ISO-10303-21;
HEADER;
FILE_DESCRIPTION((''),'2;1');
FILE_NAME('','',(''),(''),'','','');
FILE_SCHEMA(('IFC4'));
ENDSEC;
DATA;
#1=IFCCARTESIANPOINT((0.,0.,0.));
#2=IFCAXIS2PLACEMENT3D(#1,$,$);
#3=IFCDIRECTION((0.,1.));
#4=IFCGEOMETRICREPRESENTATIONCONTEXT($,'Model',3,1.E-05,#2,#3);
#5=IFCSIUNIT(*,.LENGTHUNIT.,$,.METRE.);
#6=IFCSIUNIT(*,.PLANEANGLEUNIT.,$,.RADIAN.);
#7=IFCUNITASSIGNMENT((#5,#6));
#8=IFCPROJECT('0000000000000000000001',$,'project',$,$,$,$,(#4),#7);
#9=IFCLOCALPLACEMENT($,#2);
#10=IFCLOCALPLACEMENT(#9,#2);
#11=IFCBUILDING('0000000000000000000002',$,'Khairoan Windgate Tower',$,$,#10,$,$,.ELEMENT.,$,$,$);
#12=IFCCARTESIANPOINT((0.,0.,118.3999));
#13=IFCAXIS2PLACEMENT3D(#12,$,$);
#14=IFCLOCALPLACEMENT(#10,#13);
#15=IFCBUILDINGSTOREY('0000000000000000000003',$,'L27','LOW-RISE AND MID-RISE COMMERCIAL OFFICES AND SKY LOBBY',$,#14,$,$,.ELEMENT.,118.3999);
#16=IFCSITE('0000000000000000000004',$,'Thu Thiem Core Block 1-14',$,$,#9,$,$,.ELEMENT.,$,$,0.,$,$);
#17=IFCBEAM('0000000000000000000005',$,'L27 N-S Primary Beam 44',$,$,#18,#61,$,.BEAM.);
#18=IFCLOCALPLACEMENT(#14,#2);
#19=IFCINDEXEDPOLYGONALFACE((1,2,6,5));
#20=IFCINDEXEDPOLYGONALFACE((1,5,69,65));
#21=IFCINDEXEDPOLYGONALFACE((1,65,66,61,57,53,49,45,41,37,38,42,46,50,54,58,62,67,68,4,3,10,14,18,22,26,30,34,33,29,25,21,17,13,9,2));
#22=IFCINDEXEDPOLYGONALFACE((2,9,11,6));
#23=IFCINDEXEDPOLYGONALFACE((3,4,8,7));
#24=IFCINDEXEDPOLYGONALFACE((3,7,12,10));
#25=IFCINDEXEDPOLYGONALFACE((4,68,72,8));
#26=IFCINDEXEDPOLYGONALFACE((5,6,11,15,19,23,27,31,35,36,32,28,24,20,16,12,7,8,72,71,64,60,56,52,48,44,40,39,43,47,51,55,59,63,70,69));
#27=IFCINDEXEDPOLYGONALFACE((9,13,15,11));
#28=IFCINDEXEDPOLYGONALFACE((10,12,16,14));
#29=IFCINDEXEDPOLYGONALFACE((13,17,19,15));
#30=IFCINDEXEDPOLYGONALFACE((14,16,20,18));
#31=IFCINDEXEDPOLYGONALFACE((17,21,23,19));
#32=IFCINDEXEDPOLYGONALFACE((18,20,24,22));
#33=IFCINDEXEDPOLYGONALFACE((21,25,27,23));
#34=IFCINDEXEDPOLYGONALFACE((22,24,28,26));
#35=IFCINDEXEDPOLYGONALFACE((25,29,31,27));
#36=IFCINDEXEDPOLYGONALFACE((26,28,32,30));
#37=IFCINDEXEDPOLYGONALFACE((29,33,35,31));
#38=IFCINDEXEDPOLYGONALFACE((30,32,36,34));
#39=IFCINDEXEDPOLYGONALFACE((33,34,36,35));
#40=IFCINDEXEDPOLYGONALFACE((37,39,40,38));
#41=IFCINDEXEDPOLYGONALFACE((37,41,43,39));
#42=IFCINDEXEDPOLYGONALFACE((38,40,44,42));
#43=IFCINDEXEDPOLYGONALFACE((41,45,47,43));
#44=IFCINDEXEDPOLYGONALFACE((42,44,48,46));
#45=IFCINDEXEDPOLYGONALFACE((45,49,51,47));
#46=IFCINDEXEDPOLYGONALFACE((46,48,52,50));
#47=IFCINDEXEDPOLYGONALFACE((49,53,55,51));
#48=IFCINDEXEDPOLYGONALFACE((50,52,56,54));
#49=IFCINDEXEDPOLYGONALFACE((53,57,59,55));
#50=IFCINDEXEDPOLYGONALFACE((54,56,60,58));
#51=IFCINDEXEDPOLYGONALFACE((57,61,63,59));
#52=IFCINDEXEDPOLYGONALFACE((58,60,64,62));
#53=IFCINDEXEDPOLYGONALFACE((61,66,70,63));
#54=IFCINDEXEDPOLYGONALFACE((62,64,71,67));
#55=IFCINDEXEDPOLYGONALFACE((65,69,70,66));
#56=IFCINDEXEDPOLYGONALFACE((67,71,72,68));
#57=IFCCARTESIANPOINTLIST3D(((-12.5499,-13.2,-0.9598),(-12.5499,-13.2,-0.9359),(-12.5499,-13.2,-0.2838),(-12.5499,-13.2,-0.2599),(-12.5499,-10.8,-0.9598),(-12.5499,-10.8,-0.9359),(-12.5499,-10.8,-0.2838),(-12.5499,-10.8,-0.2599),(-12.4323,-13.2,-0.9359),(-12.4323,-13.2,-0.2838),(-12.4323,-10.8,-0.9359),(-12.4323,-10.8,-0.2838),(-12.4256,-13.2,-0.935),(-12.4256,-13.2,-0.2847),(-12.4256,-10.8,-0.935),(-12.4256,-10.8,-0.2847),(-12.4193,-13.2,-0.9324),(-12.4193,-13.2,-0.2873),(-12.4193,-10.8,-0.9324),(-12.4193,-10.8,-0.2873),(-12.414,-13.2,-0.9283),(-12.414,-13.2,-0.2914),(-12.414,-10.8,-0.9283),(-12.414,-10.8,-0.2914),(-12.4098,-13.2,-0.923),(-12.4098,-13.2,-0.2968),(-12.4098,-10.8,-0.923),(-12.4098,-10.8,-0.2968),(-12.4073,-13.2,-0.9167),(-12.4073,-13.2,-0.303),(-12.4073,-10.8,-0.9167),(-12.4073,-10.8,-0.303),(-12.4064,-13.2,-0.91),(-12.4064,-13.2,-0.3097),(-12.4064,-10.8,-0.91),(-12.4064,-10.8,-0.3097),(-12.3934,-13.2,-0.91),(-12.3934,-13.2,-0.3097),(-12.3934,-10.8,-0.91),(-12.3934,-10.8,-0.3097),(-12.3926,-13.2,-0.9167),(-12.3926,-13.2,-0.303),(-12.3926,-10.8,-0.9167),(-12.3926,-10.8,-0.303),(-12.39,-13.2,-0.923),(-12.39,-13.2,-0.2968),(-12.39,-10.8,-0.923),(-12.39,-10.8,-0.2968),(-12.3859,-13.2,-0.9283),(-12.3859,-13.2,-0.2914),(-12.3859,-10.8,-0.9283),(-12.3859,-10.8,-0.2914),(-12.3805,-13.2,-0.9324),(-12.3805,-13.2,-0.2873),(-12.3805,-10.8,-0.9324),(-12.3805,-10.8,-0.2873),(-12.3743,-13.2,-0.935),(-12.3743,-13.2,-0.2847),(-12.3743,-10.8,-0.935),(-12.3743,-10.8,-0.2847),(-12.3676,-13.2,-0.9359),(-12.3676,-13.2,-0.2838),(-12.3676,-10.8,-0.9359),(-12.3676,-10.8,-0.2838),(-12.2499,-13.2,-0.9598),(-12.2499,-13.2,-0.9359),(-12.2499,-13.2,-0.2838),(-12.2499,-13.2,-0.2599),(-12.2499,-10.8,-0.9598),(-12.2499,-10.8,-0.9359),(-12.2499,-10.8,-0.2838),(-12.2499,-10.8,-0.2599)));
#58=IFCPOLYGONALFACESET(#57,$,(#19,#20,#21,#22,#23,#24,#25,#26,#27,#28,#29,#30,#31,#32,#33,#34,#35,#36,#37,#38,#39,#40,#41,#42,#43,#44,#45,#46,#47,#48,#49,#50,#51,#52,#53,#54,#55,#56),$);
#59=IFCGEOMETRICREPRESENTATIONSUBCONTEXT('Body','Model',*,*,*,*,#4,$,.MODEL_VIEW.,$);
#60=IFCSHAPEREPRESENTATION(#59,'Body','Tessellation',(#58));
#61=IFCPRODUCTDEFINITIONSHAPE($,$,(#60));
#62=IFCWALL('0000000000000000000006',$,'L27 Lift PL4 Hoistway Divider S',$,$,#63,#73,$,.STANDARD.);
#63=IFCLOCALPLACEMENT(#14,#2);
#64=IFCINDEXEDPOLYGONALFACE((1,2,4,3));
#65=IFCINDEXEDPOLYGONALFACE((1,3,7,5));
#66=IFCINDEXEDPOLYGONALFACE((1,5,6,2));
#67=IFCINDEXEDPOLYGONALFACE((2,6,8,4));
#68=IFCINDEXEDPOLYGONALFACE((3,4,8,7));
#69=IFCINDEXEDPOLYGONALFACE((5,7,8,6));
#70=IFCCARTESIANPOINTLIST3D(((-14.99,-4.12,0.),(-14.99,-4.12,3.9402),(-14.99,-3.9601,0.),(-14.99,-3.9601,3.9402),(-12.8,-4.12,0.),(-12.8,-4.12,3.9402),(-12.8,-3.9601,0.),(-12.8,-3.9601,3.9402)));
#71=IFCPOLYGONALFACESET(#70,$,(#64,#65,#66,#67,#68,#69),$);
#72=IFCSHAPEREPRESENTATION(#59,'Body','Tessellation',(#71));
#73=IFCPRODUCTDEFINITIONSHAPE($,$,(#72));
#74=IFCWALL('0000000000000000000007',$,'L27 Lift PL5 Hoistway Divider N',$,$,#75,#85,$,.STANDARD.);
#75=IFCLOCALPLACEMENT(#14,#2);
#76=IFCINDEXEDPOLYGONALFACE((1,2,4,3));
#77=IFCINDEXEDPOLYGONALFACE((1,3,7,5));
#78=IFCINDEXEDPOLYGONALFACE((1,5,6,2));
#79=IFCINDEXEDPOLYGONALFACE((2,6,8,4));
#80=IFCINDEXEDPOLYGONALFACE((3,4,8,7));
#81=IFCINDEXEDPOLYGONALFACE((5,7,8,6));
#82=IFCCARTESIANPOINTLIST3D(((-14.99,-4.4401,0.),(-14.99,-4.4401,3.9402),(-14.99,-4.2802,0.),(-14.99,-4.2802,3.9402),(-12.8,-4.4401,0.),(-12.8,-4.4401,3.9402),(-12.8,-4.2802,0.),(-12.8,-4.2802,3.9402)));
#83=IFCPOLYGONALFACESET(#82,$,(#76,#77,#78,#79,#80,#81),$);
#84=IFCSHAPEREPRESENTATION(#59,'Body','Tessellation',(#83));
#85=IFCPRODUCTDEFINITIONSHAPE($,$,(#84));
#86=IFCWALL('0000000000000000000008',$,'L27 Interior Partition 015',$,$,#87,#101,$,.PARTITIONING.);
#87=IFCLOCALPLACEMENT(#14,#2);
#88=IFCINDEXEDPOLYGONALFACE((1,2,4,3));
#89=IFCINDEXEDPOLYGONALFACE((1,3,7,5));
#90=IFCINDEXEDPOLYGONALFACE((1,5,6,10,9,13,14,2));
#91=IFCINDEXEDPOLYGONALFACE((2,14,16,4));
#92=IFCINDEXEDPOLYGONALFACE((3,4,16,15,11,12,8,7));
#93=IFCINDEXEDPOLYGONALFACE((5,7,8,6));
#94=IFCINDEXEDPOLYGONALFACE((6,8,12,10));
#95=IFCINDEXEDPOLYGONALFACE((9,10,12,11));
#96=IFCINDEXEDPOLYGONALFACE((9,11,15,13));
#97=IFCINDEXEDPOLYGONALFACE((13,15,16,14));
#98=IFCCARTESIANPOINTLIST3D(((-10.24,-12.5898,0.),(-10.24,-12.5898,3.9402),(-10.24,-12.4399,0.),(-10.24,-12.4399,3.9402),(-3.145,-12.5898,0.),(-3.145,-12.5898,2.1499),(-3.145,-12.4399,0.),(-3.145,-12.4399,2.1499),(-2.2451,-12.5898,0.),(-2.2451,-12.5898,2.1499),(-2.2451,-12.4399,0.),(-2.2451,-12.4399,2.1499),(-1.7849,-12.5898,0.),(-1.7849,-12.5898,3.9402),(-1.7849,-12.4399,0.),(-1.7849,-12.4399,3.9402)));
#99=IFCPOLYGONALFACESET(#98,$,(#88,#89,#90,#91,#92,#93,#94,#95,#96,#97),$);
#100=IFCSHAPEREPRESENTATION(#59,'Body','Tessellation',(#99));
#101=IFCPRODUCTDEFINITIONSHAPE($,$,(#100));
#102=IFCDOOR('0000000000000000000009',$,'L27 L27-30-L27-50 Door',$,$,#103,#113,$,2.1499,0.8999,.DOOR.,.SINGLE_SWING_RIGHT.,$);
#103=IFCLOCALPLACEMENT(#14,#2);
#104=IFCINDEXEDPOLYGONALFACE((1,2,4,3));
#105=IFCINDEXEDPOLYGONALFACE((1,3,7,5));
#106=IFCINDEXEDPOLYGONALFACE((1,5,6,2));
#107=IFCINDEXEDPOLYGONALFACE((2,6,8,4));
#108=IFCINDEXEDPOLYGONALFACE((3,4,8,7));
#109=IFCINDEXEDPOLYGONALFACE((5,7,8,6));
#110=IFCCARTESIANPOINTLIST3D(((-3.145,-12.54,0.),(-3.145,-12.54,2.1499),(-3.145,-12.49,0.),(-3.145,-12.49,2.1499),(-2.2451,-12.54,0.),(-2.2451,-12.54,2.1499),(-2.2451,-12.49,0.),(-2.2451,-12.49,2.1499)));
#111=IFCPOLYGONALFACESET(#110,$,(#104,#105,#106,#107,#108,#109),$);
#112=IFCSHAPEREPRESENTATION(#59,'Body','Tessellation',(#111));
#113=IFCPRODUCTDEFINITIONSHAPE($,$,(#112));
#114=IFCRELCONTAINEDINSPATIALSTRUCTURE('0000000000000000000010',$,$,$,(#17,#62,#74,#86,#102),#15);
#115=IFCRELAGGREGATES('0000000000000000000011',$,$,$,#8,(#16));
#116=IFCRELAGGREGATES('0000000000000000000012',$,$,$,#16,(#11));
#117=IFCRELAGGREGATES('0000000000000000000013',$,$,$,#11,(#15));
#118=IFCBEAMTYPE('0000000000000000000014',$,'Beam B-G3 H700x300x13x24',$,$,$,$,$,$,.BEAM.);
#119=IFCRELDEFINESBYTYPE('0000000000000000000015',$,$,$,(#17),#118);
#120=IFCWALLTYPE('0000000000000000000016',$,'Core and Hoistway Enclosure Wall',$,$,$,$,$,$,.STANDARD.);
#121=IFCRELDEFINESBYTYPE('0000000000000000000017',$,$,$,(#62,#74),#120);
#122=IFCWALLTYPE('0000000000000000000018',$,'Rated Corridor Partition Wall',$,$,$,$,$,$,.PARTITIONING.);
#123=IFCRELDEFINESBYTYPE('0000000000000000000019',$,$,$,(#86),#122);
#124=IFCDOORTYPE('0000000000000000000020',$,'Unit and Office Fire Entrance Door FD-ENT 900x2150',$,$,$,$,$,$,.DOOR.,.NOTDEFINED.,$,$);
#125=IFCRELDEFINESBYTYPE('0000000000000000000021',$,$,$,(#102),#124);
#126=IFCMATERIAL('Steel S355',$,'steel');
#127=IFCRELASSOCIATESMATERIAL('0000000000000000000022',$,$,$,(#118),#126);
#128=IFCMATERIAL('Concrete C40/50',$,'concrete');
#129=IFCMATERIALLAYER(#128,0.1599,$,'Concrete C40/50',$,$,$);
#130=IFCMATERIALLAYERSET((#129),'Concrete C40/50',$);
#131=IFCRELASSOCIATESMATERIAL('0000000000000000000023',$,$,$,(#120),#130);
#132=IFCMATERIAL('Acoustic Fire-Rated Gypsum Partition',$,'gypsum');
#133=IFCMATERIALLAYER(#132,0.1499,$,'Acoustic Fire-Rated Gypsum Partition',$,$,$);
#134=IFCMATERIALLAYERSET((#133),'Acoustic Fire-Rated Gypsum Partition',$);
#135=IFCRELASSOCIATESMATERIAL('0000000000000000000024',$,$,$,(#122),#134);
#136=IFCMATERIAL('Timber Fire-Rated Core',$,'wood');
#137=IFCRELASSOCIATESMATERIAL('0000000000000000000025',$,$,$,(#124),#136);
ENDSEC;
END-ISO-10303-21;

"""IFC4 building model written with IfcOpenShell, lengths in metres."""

from ifc_helpers import new_model, si_unit, direction, frame, frame_2d, origin, origin_2d, place, context, subcontext, project, spatial, rectangle, i_section, extrude, material, layer, layer_set, material_profile, profile_set, type_object, element, fill, save


model = new_model("IFC4")

# Units and contexts
model_context = context("Model", 3, precision=1e-05, world=origin(), true_north=direction((0.0, 1.0)))
body_context = subcontext(model_context, "Body", "Model", "MODEL_VIEW")
ifc_project = project(units=[si_unit("LENGTHUNIT", "METRE"), si_unit("PLANEANGLEUNIT", "RADIAN")], contexts=[model_context])

# Site, building, storey
site_placement = place(None, origin())
site = spatial("IfcSite", under=ifc_project, at=site_placement, Name="Thu Thiem Core Block 1-14", CompositionType="ELEMENT", RefElevation=0.0)
building_placement = place(site_placement, origin())
building = spatial("IfcBuilding", under=site, at=building_placement, Name="Khairoan Windgate Tower", CompositionType="ELEMENT")
storey_placement = place(building_placement, frame((0.0, 0.0, 118.3999)))
storey = spatial("IfcBuildingStorey", under=building, at=storey_placement, Name="L27", Description="LOW-RISE AND MID-RISE COMMERCIAL OFFICES AND SKY LOBBY", CompositionType="ELEMENT", Elevation=118.3999)

# Beam
ifc_material_1 = material(Name="Steel S355", Category="steel")
ifc_material_profile_1 = material_profile(ifc_material_1, i_section(OverallWidth=0.3, OverallDepth=0.7, WebThickness=0.0129, FlangeThickness=0.0239, FilletRadius=0.0259, at=origin_2d()))
ifc_profile_set_1 = profile_set([ifc_material_profile_1], Name="Steel S355")
beam_type = type_object("IfcBeamType", Name="Beam B-G3 H700x300x13x24", PredefinedType="BEAM", material=ifc_profile_set_1)
beam_1_placement = place(storey_placement, frame((-12.3999, -13.2, -0.6099), z_axis=(0.0, 1.0, 0.0), x_axis=(-1.0, 0.0, 0.0)))
element("IfcBeam", 1, at=beam_1_placement, inside=storey, type_object=beam_type, Name="L27 N-S Primary Beam 44", PredefinedType="BEAM", context=body_context, shape_type="SweptSolid", body=[
    extrude(i_section(OverallWidth=0.3, OverallDepth=0.7, WebThickness=0.0129, FlangeThickness=0.0239, FilletRadius=0.0259, at=origin_2d()), origin(), (0.0, 0.0, 1.0), 2.3999),
])

# Walls
ifc_material_2 = material(Name="Concrete C40/50", Category="concrete")
ifc_layer_1 = layer(ifc_material_2, 0.1599, Name="Concrete C40/50")
ifc_layer_set_1 = layer_set([ifc_layer_1], Name="Concrete C40/50")
wall_type_1 = type_object("IfcWallType", Name="Core and Hoistway Enclosure Wall", PredefinedType="STANDARD", material=ifc_layer_set_1)
for number, where, z_axis, x_axis, name in (
    (2, (-14.99, -4.04, 0.0), (0.0, 0.0, 1.0), (1.0, 0.0, 0.0), "L27 Lift PL4 Hoistway Divider S"),
    (3, (-14.99, -4.3601, 0.0), (0.0, 0.0, 1.0), (1.0, 0.0, 0.0), "L27 Lift PL5 Hoistway Divider N"),
):
    element("IfcWall", number, at=place(storey_placement, frame(where, z_axis=z_axis, x_axis=x_axis)), inside=storey, type_object=wall_type_1, Name=name, PredefinedType="STANDARD", context=body_context, shape_type="SweptSolid", body=[
        extrude(rectangle(XDim=2.1899, YDim=0.1599, at=frame_2d((1.095, 0.0))), origin(), (0.0, 0.0, 1.0), 3.9402),
    ])

# Wall, opening, door
ifc_material_3 = material(Name="Acoustic Fire-Rated Gypsum Partition", Category="gypsum")
ifc_layer_2 = layer(ifc_material_3, 0.1499, Name="Acoustic Fire-Rated Gypsum Partition")
ifc_layer_set_2 = layer_set([ifc_layer_2], Name="Acoustic Fire-Rated Gypsum Partition")
wall_type_2 = type_object("IfcWallType", Name="Rated Corridor Partition Wall", PredefinedType="PARTITIONING", material=ifc_layer_set_2)
wall_1_placement = place(storey_placement, frame((-10.24, -12.5149, 0.0), z_axis=(0.0, 0.0, 1.0), x_axis=(1.0, 0.0, 0.0)))
wall_1 = element("IfcWall", 4, at=wall_1_placement, inside=storey, type_object=wall_type_2, Name="L27 Interior Partition 015", PredefinedType="PARTITIONING", context=body_context, shape_type="SweptSolid", body=[
    extrude(rectangle(XDim=8.4551, YDim=0.1499, at=frame_2d((4.2275, 0.0))), origin(), (0.0, 0.0, 1.0), 3.9402),
])
opening_1_placement = place(wall_1_placement, frame((7.095, 0.0, 0.0)))
opening_1 = element("IfcOpeningElement", 5, at=opening_1_placement, cuts=wall_1, PredefinedType="OPENING", context=body_context, shape_type="SweptSolid", body=[
    extrude(rectangle(XDim=0.8999, YDim=2.1499, at=frame_2d((0.45, 1.075))), frame((0.0, 0.085, 0.0), z_axis=(0.0, -1.0, 0.0), x_axis=(1.0, 0.0, 0.0)), (0.0, 0.0, 1.0), 0.1699),
])
ifc_material_4 = material(Name="Timber Fire-Rated Core", Category="wood")
door_type_1 = type_object("IfcDoorType", Name="Unit and Office Fire Entrance Door FD-ENT 900x2150", OperationType="NOTDEFINED", PredefinedType="DOOR", material=ifc_material_4)
door_1_placement = place(opening_1_placement, origin())
door_1 = element("IfcDoor", 6, at=door_1_placement, inside=storey, type_object=door_type_1, Name="L27 L27-30-L27-50 Door", OperationType="SINGLE_SWING_RIGHT", OverallHeight=2.1499, OverallWidth=0.8999, PredefinedType="DOOR", context=body_context, shape_type="SweptSolid", body=[
    extrude(rectangle(XDim=0.8999, YDim=2.1499, at=frame_2d((0.45, 1.075))), frame((0.0, 0.0249, 0.0), z_axis=(0.0, -1.0, 0.0), x_axis=(1.0, 0.0, 0.0)), (0.0, 0.0, 1.0), 0.05),
])
fill(opening_1, door_1)

save(model, "model.ifc")
